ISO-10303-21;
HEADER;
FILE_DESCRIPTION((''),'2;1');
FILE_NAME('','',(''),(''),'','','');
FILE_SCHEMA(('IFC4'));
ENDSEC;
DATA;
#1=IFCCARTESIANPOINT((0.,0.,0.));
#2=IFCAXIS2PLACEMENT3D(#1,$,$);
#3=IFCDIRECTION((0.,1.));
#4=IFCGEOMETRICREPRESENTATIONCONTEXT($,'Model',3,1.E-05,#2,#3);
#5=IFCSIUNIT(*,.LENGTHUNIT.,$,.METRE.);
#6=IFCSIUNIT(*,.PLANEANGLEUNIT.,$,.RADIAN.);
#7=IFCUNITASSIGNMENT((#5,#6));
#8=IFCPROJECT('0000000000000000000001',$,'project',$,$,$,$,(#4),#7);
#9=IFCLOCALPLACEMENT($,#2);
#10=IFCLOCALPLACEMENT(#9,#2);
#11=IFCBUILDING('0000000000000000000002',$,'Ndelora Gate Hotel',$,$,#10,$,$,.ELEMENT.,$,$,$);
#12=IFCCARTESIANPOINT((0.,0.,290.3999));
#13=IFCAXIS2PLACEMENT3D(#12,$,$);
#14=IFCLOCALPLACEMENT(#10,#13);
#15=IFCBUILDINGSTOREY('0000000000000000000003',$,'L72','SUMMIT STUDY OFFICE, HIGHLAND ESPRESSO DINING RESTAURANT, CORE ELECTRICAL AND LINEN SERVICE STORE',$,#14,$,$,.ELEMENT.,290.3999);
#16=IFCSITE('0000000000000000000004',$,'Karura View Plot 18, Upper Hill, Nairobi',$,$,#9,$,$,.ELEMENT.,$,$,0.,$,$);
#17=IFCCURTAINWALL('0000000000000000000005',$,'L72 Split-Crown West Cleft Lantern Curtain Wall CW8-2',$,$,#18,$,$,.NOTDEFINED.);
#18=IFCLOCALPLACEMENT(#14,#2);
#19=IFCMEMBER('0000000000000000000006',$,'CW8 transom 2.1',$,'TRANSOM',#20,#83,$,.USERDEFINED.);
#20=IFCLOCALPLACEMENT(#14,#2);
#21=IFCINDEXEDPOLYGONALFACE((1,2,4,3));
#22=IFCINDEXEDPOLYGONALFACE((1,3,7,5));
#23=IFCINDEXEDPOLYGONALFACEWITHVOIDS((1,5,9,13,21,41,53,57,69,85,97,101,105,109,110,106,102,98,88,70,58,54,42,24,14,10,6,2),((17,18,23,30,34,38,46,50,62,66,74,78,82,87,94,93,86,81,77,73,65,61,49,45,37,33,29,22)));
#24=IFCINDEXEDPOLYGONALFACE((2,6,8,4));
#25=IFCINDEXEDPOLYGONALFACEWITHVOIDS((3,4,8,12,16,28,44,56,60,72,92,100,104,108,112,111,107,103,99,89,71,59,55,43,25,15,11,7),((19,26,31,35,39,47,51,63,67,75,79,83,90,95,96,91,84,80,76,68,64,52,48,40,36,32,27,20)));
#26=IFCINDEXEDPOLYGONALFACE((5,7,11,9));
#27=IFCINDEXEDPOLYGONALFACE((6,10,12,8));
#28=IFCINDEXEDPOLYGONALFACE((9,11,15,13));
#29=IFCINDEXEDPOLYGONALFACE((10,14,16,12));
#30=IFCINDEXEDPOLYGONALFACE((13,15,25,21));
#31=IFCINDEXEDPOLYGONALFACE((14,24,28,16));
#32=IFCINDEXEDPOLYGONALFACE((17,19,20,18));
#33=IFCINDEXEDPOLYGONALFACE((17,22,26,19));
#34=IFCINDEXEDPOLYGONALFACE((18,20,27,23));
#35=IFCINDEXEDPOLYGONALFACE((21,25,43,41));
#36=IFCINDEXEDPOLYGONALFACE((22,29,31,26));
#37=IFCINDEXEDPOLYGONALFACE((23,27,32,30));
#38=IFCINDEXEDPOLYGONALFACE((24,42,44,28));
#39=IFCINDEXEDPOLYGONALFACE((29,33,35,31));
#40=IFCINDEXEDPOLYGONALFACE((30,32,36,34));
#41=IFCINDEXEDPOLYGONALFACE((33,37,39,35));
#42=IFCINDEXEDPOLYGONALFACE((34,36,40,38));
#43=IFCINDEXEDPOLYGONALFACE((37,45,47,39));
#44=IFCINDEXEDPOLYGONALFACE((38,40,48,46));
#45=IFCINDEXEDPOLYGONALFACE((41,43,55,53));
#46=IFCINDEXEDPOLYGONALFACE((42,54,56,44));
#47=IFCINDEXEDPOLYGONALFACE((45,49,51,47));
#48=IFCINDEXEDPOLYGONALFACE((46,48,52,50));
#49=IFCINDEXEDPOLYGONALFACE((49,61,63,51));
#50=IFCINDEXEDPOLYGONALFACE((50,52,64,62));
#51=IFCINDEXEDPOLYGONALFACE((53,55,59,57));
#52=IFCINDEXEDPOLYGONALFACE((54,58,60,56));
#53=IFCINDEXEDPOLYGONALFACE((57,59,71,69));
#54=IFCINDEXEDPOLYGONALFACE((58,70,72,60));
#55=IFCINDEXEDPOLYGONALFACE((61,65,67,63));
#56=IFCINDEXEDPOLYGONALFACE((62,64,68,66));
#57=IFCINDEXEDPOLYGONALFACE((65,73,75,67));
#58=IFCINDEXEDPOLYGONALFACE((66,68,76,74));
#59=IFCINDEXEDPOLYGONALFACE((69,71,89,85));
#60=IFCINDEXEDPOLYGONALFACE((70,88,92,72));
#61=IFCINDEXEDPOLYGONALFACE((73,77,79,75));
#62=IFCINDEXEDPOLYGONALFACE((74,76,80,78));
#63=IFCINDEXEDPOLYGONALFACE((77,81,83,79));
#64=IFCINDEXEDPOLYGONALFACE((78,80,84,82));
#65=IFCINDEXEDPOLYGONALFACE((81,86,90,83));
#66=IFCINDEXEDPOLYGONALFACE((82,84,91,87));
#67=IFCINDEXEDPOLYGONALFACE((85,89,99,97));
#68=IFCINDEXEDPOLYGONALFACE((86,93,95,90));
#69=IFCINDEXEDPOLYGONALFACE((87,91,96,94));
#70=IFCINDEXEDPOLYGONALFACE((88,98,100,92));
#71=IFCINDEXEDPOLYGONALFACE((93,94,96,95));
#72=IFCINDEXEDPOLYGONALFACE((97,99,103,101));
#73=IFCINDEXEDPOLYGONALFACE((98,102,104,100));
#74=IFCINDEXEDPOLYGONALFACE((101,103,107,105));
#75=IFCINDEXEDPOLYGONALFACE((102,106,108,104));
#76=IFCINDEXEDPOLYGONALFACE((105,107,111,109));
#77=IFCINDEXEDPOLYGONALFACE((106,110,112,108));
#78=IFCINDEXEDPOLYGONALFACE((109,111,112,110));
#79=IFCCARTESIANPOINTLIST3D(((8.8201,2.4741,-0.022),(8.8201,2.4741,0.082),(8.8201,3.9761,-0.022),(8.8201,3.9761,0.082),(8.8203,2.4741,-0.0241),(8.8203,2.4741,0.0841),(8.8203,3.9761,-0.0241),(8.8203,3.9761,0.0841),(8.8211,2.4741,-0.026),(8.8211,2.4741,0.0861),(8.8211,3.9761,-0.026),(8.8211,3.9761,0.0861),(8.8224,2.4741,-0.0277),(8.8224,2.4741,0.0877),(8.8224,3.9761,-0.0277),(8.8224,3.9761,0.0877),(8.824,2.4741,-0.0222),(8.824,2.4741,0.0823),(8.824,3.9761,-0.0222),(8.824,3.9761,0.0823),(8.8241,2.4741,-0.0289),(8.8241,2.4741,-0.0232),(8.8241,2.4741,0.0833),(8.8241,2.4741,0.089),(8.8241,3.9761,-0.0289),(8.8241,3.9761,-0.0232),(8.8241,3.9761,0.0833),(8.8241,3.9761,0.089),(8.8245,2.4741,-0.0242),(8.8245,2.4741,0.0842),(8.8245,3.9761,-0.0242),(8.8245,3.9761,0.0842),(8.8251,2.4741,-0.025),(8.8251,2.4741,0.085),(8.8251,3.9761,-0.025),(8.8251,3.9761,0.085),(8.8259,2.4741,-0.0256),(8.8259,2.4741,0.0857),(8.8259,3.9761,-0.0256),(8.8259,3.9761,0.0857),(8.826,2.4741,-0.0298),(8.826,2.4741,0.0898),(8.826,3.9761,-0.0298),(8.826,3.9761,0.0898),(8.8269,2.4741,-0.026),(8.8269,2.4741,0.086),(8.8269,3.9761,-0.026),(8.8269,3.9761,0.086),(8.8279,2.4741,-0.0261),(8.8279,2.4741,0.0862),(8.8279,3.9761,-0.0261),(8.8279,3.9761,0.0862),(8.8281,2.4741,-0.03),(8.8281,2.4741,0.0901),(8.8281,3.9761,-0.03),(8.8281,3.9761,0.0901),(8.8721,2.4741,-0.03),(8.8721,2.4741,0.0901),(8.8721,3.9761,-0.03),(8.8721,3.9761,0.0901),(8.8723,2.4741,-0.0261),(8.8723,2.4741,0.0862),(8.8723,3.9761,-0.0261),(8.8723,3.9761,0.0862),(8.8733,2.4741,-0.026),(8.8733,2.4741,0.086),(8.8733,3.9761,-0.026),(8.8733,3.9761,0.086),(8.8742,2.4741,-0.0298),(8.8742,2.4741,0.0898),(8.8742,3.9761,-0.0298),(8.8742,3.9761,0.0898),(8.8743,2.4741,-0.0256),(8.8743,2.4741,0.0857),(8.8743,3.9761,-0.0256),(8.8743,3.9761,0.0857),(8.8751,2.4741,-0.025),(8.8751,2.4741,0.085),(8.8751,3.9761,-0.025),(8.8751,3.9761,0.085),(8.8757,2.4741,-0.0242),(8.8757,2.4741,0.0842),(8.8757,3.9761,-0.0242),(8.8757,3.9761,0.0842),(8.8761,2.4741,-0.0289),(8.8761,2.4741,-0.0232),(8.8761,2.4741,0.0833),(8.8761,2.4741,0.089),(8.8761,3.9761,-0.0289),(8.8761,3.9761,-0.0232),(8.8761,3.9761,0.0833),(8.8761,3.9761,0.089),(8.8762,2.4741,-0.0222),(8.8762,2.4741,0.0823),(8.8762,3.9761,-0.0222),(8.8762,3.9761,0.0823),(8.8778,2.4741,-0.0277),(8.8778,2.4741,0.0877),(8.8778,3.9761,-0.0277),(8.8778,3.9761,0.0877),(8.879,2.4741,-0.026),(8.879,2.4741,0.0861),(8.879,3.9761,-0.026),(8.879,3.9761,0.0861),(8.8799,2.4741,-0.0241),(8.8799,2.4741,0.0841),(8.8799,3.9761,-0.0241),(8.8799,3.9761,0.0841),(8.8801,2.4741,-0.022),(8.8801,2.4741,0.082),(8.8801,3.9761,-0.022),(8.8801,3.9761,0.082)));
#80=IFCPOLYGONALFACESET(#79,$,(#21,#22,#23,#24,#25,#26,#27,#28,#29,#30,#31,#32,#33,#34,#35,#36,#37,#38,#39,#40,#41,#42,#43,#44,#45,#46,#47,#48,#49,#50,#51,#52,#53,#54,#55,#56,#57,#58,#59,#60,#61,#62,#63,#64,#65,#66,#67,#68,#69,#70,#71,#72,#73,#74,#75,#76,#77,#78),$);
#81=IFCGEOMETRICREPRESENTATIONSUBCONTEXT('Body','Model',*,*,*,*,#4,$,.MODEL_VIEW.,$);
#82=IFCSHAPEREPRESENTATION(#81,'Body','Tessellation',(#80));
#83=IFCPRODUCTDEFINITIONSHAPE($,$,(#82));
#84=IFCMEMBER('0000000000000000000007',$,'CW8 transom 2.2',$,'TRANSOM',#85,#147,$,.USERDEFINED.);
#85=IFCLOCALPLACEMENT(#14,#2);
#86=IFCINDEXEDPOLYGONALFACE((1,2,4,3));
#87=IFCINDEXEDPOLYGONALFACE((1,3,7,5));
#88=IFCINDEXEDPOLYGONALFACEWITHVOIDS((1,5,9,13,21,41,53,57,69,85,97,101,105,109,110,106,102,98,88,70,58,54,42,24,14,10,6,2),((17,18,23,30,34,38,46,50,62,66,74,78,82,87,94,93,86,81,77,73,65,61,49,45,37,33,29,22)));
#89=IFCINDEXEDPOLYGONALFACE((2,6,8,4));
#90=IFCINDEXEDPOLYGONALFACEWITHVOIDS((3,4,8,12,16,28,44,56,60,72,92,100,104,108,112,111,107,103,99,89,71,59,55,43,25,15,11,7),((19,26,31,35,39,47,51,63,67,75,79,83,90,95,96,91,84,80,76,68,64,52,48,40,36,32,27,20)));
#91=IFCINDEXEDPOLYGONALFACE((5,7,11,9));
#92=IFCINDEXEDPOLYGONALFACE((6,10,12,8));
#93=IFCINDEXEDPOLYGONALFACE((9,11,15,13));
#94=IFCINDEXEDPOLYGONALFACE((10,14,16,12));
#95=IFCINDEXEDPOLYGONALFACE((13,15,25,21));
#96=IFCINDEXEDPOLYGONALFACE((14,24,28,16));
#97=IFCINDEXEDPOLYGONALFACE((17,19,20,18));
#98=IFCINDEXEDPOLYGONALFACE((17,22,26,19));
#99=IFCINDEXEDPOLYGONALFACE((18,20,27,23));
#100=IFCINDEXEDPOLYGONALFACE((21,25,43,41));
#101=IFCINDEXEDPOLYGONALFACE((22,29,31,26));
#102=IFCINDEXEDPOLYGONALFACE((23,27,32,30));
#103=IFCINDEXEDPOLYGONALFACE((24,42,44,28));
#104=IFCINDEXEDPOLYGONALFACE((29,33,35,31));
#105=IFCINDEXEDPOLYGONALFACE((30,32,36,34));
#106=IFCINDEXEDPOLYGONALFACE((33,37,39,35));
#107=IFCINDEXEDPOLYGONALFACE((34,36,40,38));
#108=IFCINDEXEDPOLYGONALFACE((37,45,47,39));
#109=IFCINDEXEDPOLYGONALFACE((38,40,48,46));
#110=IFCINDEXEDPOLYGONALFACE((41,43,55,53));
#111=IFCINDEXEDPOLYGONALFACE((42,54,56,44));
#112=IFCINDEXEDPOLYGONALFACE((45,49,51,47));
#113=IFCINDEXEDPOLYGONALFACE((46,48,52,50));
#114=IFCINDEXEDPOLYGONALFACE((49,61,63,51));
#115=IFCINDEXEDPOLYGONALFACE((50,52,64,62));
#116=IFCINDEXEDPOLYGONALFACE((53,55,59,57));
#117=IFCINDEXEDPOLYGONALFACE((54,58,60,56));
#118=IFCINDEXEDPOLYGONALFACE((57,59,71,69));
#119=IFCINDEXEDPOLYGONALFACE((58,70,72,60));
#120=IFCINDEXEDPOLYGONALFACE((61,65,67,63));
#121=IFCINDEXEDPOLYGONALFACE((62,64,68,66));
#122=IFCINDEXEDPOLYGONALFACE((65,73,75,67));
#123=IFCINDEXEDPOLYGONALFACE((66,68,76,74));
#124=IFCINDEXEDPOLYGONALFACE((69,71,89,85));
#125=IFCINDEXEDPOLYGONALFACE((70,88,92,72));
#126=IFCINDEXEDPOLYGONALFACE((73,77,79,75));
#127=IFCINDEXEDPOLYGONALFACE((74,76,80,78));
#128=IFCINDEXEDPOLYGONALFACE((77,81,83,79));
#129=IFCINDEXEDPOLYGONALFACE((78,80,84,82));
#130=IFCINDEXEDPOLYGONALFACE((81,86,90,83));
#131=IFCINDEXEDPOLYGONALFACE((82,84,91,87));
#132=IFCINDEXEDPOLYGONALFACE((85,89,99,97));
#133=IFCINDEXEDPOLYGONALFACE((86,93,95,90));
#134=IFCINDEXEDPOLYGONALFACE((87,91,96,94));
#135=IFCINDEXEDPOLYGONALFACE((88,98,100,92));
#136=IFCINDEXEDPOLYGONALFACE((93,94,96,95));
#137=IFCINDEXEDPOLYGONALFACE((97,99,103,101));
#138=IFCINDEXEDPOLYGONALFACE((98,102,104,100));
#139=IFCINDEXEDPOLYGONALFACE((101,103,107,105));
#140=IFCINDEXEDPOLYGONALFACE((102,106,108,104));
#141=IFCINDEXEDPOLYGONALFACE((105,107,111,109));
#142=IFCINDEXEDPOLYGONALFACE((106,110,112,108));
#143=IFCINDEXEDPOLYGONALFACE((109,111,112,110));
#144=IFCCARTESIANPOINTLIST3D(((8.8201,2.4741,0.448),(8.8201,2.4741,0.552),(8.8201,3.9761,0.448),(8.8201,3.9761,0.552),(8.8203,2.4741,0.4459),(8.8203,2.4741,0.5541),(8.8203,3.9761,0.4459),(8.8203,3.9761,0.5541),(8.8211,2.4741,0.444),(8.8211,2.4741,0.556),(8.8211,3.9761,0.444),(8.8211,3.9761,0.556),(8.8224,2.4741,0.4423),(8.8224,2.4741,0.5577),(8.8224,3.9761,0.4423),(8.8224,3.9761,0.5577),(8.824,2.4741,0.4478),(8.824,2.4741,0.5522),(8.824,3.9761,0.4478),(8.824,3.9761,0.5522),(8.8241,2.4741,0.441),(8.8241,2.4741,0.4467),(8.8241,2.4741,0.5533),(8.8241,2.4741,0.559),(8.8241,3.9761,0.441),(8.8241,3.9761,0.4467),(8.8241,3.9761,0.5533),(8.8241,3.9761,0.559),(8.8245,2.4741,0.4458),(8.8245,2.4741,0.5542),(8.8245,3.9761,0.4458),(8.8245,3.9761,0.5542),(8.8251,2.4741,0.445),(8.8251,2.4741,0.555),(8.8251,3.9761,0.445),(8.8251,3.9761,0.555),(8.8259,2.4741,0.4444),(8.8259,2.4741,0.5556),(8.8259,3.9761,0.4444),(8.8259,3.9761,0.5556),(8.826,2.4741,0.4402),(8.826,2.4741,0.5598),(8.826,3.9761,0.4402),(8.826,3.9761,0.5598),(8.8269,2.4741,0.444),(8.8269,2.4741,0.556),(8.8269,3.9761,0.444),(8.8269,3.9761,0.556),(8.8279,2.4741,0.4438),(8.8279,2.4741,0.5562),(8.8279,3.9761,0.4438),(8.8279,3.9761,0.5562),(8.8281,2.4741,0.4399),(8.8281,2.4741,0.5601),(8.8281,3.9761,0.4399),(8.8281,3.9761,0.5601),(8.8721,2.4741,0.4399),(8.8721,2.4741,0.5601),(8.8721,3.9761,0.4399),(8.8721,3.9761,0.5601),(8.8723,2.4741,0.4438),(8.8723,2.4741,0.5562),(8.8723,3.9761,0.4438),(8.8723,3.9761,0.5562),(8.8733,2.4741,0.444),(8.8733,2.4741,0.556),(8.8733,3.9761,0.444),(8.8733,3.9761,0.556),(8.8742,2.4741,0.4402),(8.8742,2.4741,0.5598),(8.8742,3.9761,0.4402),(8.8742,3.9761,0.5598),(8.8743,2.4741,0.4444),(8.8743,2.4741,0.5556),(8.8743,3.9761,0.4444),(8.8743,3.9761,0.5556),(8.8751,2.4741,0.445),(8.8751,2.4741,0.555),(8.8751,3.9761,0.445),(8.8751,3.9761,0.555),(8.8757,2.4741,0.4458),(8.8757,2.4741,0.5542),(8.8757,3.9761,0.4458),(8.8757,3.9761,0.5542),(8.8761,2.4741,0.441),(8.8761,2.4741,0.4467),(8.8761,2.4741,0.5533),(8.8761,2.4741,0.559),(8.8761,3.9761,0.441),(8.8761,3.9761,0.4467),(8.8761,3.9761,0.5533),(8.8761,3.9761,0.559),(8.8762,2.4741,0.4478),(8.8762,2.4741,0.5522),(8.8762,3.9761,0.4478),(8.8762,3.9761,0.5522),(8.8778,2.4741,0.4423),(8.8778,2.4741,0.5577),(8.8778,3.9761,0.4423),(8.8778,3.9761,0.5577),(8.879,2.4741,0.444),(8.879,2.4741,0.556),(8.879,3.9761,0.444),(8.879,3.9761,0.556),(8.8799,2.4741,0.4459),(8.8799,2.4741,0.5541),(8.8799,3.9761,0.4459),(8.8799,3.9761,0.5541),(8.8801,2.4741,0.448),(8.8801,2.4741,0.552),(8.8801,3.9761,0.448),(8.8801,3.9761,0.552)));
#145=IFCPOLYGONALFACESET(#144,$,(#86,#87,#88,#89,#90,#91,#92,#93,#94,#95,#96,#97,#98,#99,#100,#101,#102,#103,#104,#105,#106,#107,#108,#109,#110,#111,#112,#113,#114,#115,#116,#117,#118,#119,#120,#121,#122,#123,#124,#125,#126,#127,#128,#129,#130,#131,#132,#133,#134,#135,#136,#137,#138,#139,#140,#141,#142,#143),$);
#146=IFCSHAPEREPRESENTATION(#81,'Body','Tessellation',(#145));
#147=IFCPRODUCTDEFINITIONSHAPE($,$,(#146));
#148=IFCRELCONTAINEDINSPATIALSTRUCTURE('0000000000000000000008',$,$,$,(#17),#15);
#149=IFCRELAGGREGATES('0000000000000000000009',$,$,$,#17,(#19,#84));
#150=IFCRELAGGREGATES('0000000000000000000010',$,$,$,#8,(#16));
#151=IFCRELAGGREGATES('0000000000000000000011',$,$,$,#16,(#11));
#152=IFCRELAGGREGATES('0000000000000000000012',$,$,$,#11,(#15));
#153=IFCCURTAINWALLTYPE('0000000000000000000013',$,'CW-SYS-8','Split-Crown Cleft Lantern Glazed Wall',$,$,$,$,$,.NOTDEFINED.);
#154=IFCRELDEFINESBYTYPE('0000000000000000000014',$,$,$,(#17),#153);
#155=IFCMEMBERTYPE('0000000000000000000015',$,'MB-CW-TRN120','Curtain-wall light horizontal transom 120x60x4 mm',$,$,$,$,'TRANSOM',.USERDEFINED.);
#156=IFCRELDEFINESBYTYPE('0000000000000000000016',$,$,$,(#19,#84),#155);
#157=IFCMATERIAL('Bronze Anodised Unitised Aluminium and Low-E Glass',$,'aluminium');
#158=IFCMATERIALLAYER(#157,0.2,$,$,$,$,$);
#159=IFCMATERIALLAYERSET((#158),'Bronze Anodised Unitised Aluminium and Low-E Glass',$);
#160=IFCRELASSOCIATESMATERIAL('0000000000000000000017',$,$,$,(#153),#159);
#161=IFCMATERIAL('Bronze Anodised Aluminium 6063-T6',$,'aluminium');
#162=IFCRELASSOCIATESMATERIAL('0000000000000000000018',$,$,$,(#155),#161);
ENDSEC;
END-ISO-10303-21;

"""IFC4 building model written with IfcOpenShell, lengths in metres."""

from ifc_helpers import new_model, si_unit, direction, frame, origin, origin_2d, place, context, subcontext, project, spatial, hollow_rectangle, extrude, material, layer, layer_set, material_profile, profile_set, type_object, element, aggregate, save


model = new_model("IFC4")

# Units and contexts
model_context = context("Model", 3, precision=1e-05, world=origin(), true_north=direction((0.0, 1.0)))
body_context = subcontext(model_context, "Body", "Model", "MODEL_VIEW")
ifc_project = project(units=[si_unit("LENGTHUNIT", "METRE"), si_unit("PLANEANGLEUNIT", "RADIAN")], contexts=[model_context])

# Site, building, storey
site_placement = place(None, origin())
site = spatial("IfcSite", under=ifc_project, at=site_placement, Name="Karura View Plot 18, Upper Hill, Nairobi", CompositionType="ELEMENT", RefElevation=0.0)
building_placement = place(site_placement, origin())
building = spatial("IfcBuilding", under=site, at=building_placement, Name="Ndelora Gate Hotel", CompositionType="ELEMENT")
storey_placement = place(building_placement, frame((0.0, 0.0, 290.3999)))
storey = spatial("IfcBuildingStorey", under=building, at=storey_placement, Name="L72", Description="SUMMIT STUDY OFFICE, HIGHLAND ESPRESSO DINING RESTAURANT, CORE ELECTRICAL AND LINEN SERVICE STORE", CompositionType="ELEMENT", Elevation=290.3999)

# Curtain wall, members
ifc_material_1 = material(Name="Bronze Anodised Unitised Aluminium and Low-E Glass", Category="aluminium")
ifc_layer_1 = layer(ifc_material_1, 0.2)
ifc_layer_set_1 = layer_set([ifc_layer_1], Name="Bronze Anodised Unitised Aluminium and Low-E Glass")
curtain_wall_type = type_object("IfcCurtainWallType", Name="CW-SYS-8", Description="Split-Crown Cleft Lantern Glazed Wall", PredefinedType="NOTDEFINED", material=ifc_layer_set_1)
curtain_wall_1_placement = place(storey_placement, origin())
curtain_wall_1 = element("IfcCurtainWall", 1, at=curtain_wall_1_placement, inside=storey, type_object=curtain_wall_type, Name="L72 Split-Crown West Cleft Lantern Curtain Wall CW8-2", PredefinedType="NOTDEFINED")
ifc_material_2 = material(Name="Bronze Anodised Aluminium 6063-T6", Category="aluminium")
ifc_material_profile_1 = material_profile(ifc_material_2, hollow_rectangle(XDim=0.0601, YDim=0.1201, WallThickness=0.0039, InnerFilletRadius=0.0039, OuterFilletRadius=0.0081, at=origin_2d()), Name="ALU 120x60x4")
ifc_profile_set_1 = profile_set([ifc_material_profile_1], Name="Bronze Anodised Aluminium 6063-T6")
member_type_1 = type_object("IfcMemberType", Name="MB-CW-TRN120", Description="Curtain-wall light horizontal transom 120x60x4 mm", ElementType="TRANSOM", PredefinedType="USERDEFINED", material=ifc_profile_set_1)
member_1_placement = place(storey_placement, frame((8.8501, 2.4741, 0.03), z_axis=(0.0, 1.0, 0.0), x_axis=(-1.0, 0.0, 0.0)))
member_1 = element("IfcMember", 2, at=member_1_placement, type_object=member_type_1, Name="CW8 transom 2.1", ObjectType="TRANSOM", PredefinedType="USERDEFINED", context=body_context, shape_type="SweptSolid", body=[
    extrude(hollow_rectangle(XDim=0.0601, YDim=0.1201, WallThickness=0.0039, InnerFilletRadius=0.0039, OuterFilletRadius=0.0081, at=origin_2d()), origin(), (0.0, 0.0, 1.0), 1.502),
])
member_2_placement = place(storey_placement, frame((8.8501, 2.4741, 0.5), z_axis=(0.0, 1.0, 0.0), x_axis=(-1.0, 0.0, 0.0)))
member_2 = element("IfcMember", 3, at=member_2_placement, type_object=member_type_1, Name="CW8 transom 2.2", ObjectType="TRANSOM", PredefinedType="USERDEFINED", context=body_context, shape_type="SweptSolid", body=[
    extrude(hollow_rectangle(XDim=0.0601, YDim=0.1201, WallThickness=0.0039, InnerFilletRadius=0.0039, OuterFilletRadius=0.0081, at=origin_2d()), origin(), (0.0, 0.0, 1.0), 1.502),
])

aggregate(curtain_wall_1, [member_1, member_2])

save(model, "model.ifc")
